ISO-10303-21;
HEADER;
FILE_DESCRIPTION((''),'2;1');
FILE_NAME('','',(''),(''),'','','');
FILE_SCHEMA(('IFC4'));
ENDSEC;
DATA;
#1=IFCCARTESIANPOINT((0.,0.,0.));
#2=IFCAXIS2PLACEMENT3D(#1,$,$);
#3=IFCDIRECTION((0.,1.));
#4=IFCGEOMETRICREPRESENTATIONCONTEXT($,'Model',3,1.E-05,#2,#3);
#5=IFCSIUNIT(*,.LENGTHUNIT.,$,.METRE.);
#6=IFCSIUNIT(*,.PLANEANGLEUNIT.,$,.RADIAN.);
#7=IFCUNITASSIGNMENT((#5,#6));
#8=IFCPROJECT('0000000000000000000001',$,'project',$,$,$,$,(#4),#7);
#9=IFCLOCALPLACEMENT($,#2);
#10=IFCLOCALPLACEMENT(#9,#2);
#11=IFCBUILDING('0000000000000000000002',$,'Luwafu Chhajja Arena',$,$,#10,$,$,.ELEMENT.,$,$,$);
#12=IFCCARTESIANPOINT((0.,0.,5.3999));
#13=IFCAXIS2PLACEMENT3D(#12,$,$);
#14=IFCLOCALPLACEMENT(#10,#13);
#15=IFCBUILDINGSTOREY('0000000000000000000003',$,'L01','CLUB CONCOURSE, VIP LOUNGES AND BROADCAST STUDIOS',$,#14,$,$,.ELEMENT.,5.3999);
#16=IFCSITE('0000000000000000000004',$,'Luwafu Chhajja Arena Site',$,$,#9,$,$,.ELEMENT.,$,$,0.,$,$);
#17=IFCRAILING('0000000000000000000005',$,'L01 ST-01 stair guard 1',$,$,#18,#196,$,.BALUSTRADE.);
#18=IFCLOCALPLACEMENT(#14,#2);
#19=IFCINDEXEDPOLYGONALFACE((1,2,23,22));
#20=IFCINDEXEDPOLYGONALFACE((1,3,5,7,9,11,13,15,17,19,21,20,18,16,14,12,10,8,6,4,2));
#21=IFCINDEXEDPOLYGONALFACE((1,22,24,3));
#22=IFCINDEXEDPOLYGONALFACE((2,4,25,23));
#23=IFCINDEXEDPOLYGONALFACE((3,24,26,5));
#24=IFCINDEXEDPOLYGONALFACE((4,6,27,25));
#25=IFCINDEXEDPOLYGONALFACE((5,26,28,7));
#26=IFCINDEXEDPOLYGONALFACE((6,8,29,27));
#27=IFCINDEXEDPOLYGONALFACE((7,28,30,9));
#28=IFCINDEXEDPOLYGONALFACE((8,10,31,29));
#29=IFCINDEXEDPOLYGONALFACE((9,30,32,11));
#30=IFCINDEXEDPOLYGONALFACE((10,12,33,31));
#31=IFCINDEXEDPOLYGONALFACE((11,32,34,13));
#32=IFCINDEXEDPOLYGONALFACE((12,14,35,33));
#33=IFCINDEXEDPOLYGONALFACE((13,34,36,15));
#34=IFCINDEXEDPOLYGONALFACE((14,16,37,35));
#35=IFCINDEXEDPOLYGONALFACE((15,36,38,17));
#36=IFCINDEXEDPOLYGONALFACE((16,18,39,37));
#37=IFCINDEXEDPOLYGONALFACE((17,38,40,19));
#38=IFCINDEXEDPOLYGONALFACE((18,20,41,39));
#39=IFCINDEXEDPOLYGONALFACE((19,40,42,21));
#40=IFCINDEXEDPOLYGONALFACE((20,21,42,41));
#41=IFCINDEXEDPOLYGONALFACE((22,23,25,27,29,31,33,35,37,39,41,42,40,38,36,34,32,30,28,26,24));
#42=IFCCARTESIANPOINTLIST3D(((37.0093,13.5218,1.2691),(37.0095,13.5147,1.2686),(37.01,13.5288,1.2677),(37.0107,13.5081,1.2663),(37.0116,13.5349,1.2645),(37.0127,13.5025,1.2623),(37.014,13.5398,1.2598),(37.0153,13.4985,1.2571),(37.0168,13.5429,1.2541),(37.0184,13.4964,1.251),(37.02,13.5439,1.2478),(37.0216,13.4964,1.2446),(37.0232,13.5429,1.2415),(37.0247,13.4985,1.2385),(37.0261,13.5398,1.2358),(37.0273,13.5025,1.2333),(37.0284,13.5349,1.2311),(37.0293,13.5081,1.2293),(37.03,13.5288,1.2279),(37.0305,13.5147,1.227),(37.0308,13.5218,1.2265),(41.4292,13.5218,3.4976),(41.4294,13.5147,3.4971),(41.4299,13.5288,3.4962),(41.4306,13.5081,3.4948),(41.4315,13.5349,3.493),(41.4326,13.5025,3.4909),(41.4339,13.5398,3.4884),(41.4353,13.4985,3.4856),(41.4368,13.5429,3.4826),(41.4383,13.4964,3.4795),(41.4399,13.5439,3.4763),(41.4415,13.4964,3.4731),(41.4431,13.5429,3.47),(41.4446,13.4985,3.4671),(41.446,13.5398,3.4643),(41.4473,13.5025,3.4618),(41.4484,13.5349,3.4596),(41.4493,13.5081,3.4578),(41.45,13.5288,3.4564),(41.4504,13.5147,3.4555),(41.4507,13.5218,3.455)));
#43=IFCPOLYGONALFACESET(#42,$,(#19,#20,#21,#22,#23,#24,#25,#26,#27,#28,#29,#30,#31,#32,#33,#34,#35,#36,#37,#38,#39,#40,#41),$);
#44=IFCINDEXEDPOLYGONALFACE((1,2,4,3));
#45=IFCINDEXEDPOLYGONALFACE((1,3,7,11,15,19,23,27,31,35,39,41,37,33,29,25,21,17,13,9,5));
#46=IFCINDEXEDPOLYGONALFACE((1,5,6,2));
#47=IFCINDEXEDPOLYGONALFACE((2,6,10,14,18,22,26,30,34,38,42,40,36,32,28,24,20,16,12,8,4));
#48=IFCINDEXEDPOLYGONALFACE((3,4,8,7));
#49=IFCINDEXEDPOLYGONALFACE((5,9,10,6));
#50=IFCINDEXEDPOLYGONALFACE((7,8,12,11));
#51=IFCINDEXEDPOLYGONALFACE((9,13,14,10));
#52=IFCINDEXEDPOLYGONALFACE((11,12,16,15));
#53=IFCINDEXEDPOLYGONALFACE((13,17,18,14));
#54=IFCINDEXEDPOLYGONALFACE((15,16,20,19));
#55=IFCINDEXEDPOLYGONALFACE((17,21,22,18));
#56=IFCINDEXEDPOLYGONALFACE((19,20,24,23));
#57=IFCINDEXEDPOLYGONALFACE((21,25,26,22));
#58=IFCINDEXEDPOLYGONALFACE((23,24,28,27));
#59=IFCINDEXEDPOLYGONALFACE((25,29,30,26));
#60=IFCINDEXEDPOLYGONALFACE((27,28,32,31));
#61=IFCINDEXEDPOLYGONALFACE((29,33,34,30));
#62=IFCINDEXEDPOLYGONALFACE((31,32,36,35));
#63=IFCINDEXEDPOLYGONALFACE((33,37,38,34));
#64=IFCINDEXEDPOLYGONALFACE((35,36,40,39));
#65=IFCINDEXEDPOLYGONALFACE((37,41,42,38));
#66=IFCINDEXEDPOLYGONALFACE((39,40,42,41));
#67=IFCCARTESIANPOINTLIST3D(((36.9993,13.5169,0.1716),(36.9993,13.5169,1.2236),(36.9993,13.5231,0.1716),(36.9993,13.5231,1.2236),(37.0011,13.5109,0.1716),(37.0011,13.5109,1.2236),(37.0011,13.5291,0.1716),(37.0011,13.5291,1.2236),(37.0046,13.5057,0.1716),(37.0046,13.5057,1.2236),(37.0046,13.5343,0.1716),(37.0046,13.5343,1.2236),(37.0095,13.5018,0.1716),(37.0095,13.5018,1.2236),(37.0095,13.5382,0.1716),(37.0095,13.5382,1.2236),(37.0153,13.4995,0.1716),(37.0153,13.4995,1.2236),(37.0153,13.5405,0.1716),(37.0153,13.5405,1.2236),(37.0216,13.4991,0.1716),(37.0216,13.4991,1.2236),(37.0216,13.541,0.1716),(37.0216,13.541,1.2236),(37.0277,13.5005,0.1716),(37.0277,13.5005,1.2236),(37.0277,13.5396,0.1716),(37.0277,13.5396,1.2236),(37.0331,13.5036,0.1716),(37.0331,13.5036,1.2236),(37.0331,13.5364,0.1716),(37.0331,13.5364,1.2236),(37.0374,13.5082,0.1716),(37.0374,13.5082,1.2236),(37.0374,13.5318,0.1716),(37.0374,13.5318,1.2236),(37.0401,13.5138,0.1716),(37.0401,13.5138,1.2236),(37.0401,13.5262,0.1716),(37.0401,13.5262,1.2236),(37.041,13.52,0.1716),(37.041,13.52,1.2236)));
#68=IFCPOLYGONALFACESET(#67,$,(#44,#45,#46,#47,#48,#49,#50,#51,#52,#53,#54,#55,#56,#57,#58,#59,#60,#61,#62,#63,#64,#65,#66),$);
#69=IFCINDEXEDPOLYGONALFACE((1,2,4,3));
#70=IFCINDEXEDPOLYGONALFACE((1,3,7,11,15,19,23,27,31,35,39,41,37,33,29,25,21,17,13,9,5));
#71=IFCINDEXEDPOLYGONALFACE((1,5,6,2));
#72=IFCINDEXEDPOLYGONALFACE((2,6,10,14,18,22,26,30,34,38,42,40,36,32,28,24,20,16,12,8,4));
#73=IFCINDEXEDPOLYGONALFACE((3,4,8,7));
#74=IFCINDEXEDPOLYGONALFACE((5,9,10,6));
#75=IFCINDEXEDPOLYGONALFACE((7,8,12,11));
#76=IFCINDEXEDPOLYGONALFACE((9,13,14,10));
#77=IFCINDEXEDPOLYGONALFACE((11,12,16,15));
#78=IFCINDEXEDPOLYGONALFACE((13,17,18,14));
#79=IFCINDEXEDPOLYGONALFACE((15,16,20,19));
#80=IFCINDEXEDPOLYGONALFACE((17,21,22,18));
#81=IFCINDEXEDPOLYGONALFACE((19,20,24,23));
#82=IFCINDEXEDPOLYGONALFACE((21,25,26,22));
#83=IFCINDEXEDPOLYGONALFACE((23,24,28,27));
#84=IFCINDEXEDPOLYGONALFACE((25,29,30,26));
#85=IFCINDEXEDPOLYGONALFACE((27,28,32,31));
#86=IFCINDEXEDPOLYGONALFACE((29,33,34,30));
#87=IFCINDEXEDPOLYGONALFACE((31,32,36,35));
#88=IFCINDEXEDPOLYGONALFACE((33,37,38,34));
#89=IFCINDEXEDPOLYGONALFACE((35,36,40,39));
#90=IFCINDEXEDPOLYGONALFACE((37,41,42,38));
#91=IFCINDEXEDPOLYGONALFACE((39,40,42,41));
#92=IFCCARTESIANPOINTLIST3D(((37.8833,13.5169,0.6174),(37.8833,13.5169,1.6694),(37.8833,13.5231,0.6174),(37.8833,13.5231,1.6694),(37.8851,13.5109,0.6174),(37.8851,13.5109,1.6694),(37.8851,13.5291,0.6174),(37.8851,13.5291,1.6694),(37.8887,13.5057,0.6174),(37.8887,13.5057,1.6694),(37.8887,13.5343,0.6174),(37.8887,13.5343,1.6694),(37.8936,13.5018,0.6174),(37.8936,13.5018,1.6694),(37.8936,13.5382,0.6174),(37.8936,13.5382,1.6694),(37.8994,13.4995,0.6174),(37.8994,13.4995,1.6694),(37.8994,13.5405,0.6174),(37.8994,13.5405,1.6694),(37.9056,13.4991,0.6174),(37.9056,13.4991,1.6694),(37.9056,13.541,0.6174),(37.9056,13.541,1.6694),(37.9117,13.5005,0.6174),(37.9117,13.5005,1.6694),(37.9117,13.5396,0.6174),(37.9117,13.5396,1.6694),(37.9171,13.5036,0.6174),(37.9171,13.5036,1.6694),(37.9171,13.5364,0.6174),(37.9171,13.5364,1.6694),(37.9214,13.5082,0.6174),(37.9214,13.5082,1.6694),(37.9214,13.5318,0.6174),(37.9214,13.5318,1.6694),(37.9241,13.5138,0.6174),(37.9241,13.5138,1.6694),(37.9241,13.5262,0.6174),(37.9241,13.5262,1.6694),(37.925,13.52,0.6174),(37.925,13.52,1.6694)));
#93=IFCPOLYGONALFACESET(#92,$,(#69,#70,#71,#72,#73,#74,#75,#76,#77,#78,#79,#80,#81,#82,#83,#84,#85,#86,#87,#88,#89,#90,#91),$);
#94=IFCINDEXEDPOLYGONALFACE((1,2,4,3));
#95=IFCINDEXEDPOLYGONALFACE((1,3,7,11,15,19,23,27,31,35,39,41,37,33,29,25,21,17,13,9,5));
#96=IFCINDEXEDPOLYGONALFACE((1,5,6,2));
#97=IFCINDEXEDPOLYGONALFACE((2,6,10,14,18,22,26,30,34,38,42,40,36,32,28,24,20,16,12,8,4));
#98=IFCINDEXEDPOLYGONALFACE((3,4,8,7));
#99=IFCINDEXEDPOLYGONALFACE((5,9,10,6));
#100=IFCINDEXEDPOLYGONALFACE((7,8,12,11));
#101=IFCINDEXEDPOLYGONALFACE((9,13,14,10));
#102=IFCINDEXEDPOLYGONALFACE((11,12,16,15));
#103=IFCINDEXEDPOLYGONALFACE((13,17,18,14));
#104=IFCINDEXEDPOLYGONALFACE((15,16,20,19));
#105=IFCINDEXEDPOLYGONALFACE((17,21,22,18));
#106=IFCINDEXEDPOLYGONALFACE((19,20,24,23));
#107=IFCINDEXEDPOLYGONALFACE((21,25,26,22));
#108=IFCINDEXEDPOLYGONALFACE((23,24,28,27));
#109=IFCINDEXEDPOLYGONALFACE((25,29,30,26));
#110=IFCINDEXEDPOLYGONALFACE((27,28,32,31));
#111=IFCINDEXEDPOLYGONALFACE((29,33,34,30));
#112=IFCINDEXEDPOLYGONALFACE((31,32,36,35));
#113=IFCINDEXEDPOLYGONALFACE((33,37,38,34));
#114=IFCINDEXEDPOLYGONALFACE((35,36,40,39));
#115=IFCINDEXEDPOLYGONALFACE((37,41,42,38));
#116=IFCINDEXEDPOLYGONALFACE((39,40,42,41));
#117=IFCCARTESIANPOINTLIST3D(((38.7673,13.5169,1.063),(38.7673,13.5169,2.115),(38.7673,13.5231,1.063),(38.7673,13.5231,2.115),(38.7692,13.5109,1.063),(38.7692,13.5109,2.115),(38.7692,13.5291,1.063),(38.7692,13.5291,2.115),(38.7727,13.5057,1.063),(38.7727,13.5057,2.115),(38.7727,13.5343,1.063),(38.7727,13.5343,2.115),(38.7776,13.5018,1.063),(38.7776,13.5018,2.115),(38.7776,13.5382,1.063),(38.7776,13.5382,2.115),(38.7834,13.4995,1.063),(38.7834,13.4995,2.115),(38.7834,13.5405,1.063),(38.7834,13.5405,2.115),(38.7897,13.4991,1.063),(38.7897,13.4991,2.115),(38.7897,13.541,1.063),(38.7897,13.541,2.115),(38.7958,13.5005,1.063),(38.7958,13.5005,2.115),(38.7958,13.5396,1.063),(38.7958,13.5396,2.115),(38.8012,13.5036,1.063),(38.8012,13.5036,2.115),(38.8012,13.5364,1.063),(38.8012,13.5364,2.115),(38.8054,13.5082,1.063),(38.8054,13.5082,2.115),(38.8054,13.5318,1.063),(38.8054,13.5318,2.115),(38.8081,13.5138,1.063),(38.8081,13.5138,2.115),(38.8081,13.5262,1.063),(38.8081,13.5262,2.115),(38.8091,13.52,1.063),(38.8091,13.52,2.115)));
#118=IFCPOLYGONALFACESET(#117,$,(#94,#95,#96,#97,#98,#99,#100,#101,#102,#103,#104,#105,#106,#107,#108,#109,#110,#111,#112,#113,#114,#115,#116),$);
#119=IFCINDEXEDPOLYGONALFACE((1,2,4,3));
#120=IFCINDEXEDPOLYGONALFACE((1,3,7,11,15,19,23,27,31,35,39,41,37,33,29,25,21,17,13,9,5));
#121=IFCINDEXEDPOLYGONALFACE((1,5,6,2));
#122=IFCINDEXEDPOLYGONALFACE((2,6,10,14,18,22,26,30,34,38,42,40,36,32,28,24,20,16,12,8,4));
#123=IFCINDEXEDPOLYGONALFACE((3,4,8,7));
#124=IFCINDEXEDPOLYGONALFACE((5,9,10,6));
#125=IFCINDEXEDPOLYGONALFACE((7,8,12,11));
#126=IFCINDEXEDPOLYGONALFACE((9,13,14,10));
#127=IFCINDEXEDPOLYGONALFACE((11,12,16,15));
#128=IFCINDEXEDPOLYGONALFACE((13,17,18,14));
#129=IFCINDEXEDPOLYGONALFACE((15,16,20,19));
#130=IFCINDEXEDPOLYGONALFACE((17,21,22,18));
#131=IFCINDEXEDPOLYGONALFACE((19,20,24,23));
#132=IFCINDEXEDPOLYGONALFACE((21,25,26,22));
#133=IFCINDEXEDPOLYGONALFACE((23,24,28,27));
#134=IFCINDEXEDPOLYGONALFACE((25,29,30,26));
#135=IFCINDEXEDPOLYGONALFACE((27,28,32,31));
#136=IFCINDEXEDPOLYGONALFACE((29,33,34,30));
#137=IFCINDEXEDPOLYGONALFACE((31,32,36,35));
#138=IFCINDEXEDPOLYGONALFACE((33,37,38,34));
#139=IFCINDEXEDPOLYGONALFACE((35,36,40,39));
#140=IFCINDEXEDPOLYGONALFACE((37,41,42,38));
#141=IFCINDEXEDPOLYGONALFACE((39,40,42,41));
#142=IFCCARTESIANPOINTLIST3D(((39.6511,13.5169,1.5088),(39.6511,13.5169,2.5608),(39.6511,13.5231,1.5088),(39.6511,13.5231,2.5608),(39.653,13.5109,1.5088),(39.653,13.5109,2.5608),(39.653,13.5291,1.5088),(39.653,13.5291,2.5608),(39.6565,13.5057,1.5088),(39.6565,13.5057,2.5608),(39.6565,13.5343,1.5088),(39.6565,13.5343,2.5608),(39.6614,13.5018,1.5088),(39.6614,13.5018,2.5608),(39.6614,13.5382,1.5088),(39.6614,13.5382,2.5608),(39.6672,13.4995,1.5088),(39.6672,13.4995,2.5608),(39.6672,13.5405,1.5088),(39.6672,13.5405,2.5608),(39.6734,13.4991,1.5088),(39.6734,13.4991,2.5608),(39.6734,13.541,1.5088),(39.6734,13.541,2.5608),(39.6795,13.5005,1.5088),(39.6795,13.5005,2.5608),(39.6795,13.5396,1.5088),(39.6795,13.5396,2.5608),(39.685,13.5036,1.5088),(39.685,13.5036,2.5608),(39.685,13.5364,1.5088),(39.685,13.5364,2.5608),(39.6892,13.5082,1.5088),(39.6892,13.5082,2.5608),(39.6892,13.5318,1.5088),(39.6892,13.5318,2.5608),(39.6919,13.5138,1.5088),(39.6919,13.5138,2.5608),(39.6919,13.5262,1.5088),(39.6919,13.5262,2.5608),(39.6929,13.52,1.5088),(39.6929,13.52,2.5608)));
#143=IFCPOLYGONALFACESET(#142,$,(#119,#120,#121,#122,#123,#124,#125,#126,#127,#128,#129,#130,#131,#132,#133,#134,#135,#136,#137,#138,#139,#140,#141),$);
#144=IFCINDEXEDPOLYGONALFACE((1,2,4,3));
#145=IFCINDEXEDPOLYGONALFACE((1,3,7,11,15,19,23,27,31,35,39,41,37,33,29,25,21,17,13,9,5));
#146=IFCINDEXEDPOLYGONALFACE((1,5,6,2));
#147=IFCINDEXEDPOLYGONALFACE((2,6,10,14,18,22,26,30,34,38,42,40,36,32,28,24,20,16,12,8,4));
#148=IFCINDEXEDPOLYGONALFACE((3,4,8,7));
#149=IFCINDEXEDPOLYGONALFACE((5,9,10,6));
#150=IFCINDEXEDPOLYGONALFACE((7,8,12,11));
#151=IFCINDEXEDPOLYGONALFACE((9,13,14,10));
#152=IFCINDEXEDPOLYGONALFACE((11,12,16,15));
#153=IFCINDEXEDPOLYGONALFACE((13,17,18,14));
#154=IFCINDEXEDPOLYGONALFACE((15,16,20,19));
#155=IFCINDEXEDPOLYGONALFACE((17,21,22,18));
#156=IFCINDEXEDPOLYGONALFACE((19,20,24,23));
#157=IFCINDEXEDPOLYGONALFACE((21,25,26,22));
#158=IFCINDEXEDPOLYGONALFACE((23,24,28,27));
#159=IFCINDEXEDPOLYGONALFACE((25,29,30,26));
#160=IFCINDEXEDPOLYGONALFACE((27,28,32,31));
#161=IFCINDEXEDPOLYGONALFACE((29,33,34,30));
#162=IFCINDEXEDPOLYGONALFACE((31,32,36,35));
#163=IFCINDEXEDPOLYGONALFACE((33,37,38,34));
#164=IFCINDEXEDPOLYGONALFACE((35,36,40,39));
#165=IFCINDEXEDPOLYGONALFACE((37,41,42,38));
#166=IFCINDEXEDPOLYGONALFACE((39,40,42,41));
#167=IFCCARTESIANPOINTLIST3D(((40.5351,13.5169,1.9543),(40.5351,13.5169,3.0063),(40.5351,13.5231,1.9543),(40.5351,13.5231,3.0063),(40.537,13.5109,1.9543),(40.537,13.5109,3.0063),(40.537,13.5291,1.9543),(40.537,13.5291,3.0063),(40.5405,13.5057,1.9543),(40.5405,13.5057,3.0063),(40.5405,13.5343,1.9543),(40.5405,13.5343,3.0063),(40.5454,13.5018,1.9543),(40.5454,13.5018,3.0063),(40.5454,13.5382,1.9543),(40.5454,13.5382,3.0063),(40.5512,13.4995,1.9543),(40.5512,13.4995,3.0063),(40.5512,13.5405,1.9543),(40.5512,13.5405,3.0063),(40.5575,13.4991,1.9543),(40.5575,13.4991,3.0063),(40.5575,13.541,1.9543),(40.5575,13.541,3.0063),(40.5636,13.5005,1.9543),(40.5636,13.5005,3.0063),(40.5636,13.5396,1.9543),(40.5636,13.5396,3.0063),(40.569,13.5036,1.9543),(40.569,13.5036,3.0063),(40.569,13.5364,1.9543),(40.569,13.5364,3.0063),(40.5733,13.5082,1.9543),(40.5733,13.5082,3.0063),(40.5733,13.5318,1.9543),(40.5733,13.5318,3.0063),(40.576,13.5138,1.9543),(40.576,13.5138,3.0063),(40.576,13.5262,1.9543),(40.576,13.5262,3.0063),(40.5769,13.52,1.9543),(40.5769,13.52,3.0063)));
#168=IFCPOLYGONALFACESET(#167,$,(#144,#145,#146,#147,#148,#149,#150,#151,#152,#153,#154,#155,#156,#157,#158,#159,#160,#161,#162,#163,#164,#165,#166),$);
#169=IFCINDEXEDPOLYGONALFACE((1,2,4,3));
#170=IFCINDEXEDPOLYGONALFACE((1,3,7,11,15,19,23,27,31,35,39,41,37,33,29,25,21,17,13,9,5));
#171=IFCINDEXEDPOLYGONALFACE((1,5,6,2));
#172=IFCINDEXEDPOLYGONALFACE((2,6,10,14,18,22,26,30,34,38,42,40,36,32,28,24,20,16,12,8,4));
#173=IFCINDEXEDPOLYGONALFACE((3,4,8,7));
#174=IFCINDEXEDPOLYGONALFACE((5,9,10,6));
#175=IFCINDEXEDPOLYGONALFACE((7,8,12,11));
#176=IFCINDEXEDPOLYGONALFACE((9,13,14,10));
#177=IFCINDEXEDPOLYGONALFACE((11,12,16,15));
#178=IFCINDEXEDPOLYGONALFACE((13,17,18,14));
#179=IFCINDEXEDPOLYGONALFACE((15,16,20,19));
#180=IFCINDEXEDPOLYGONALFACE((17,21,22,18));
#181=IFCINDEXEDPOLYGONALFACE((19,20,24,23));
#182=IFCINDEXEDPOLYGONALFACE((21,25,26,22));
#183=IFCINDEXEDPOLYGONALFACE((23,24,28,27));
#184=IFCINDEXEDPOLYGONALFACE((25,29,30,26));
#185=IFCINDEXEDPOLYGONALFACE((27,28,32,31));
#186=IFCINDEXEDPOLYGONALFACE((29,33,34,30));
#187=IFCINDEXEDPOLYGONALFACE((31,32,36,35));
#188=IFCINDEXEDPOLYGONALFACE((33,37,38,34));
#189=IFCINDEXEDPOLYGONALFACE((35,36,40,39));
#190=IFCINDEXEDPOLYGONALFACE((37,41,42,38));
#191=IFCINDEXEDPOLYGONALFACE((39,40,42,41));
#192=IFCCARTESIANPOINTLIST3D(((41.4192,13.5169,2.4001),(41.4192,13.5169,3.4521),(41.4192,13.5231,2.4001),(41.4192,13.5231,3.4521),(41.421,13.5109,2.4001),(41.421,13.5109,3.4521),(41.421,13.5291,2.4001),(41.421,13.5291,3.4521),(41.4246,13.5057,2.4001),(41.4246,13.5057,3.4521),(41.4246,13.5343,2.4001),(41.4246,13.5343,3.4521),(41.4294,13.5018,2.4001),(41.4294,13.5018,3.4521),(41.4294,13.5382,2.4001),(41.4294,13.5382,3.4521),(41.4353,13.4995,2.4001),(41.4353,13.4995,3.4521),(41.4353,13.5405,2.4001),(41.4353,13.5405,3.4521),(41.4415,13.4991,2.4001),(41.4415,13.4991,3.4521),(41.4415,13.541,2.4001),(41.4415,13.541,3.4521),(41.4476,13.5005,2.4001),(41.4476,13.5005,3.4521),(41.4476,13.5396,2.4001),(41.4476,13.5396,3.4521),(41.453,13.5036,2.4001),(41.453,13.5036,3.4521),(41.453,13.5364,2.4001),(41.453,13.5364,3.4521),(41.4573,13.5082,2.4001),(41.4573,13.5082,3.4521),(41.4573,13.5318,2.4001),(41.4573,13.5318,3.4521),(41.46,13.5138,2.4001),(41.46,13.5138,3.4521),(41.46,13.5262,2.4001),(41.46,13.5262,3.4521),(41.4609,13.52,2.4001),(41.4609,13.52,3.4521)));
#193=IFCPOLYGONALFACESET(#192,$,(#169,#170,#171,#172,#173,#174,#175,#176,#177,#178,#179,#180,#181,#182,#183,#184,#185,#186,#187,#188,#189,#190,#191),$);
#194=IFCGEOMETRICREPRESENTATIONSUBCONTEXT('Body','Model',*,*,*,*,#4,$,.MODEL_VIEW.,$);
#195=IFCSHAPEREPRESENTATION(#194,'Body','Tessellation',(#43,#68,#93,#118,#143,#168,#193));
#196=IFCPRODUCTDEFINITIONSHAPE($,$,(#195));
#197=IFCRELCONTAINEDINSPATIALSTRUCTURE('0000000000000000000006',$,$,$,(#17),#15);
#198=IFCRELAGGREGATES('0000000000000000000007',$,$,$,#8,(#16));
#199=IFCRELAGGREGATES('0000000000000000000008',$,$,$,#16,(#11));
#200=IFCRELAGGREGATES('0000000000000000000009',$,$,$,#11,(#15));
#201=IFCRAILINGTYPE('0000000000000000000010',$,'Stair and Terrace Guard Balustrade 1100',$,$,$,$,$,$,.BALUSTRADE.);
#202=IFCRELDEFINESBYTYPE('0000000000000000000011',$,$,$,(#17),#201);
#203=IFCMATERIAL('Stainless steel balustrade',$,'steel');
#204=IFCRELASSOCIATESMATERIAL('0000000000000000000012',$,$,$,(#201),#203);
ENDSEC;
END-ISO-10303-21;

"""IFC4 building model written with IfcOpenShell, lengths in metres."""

from ifc_helpers import new_model, si_unit, direction, frame, origin, origin_2d, place, context, subcontext, project, spatial, circle, extrude, material, type_object, element, save


model = new_model("IFC4")

# Units and contexts
model_context = context("Model", 3, precision=1e-05, world=origin(), true_north=direction((0.0, 1.0)))
body_context = subcontext(model_context, "Body", "Model", "MODEL_VIEW")
ifc_project = project(units=[si_unit("LENGTHUNIT", "METRE"), si_unit("PLANEANGLEUNIT", "RADIAN")], contexts=[model_context])

# Site, building, storey
site_placement = place(None, origin())
site = spatial("IfcSite", under=ifc_project, at=site_placement, Name="Luwafu Chhajja Arena Site", CompositionType="ELEMENT", RefElevation=0.0)
building_placement = place(site_placement, origin())
building = spatial("IfcBuilding", under=site, at=building_placement, Name="Luwafu Chhajja Arena", CompositionType="ELEMENT")
storey_placement = place(building_placement, frame((0.0, 0.0, 5.3999)))
storey = spatial("IfcBuildingStorey", under=building, at=storey_placement, Name="L01", Description="CLUB CONCOURSE, VIP LOUNGES AND BROADCAST STUDIOS", CompositionType="ELEMENT", Elevation=5.3999)

# Railing
ifc_material_1 = material(Name="Stainless steel balustrade", Category="steel")
railing_type_1 = type_object("IfcRailingType", Name="Stair and Terrace Guard Balustrade 1100", PredefinedType="BALUSTRADE", material=ifc_material_1)
railing_1_placement = place(storey_placement, frame((37.02, 13.52, 0.1716)))
element("IfcRailing", 1, at=railing_1_placement, inside=storey, type_object=railing_type_1, Name="L01 ST-01 stair guard 1", PredefinedType="BALUSTRADE", context=body_context, shape_type="SweptSolid", body=[
    extrude(circle(Radius=0.0239, at=origin_2d()), frame((0.0, 0.0, 1.0762), z_axis=(0.892923, 0.0, 0.45021), x_axis=(0.0, 1.0, 0.0)), (0.0, 0.0, 1.0), 4.95),
    extrude(circle(Radius=0.021, at=origin_2d()), origin(), (0.0, 0.0, 1.0), 1.052),
    extrude(circle(Radius=0.021, at=origin_2d()), frame((0.884, 0.0, 0.4458)), (0.0, 0.0, 1.0), 1.052),
    extrude(circle(Radius=0.021, at=origin_2d()), frame((1.7681, 0.0, 0.8914)), (0.0, 0.0, 1.0), 1.052),
    extrude(circle(Radius=0.021, at=origin_2d()), frame((2.6519, 0.0, 1.3372)), (0.0, 0.0, 1.0), 1.052),
    extrude(circle(Radius=0.021, at=origin_2d()), frame((3.5359, 0.0, 1.7827)), (0.0, 0.0, 1.0), 1.052),
    extrude(circle(Radius=0.021, at=origin_2d()), frame((4.4199, 0.0, 2.2285)), (0.0, 0.0, 1.0), 1.052),
])

save(model, "model.ifc")
